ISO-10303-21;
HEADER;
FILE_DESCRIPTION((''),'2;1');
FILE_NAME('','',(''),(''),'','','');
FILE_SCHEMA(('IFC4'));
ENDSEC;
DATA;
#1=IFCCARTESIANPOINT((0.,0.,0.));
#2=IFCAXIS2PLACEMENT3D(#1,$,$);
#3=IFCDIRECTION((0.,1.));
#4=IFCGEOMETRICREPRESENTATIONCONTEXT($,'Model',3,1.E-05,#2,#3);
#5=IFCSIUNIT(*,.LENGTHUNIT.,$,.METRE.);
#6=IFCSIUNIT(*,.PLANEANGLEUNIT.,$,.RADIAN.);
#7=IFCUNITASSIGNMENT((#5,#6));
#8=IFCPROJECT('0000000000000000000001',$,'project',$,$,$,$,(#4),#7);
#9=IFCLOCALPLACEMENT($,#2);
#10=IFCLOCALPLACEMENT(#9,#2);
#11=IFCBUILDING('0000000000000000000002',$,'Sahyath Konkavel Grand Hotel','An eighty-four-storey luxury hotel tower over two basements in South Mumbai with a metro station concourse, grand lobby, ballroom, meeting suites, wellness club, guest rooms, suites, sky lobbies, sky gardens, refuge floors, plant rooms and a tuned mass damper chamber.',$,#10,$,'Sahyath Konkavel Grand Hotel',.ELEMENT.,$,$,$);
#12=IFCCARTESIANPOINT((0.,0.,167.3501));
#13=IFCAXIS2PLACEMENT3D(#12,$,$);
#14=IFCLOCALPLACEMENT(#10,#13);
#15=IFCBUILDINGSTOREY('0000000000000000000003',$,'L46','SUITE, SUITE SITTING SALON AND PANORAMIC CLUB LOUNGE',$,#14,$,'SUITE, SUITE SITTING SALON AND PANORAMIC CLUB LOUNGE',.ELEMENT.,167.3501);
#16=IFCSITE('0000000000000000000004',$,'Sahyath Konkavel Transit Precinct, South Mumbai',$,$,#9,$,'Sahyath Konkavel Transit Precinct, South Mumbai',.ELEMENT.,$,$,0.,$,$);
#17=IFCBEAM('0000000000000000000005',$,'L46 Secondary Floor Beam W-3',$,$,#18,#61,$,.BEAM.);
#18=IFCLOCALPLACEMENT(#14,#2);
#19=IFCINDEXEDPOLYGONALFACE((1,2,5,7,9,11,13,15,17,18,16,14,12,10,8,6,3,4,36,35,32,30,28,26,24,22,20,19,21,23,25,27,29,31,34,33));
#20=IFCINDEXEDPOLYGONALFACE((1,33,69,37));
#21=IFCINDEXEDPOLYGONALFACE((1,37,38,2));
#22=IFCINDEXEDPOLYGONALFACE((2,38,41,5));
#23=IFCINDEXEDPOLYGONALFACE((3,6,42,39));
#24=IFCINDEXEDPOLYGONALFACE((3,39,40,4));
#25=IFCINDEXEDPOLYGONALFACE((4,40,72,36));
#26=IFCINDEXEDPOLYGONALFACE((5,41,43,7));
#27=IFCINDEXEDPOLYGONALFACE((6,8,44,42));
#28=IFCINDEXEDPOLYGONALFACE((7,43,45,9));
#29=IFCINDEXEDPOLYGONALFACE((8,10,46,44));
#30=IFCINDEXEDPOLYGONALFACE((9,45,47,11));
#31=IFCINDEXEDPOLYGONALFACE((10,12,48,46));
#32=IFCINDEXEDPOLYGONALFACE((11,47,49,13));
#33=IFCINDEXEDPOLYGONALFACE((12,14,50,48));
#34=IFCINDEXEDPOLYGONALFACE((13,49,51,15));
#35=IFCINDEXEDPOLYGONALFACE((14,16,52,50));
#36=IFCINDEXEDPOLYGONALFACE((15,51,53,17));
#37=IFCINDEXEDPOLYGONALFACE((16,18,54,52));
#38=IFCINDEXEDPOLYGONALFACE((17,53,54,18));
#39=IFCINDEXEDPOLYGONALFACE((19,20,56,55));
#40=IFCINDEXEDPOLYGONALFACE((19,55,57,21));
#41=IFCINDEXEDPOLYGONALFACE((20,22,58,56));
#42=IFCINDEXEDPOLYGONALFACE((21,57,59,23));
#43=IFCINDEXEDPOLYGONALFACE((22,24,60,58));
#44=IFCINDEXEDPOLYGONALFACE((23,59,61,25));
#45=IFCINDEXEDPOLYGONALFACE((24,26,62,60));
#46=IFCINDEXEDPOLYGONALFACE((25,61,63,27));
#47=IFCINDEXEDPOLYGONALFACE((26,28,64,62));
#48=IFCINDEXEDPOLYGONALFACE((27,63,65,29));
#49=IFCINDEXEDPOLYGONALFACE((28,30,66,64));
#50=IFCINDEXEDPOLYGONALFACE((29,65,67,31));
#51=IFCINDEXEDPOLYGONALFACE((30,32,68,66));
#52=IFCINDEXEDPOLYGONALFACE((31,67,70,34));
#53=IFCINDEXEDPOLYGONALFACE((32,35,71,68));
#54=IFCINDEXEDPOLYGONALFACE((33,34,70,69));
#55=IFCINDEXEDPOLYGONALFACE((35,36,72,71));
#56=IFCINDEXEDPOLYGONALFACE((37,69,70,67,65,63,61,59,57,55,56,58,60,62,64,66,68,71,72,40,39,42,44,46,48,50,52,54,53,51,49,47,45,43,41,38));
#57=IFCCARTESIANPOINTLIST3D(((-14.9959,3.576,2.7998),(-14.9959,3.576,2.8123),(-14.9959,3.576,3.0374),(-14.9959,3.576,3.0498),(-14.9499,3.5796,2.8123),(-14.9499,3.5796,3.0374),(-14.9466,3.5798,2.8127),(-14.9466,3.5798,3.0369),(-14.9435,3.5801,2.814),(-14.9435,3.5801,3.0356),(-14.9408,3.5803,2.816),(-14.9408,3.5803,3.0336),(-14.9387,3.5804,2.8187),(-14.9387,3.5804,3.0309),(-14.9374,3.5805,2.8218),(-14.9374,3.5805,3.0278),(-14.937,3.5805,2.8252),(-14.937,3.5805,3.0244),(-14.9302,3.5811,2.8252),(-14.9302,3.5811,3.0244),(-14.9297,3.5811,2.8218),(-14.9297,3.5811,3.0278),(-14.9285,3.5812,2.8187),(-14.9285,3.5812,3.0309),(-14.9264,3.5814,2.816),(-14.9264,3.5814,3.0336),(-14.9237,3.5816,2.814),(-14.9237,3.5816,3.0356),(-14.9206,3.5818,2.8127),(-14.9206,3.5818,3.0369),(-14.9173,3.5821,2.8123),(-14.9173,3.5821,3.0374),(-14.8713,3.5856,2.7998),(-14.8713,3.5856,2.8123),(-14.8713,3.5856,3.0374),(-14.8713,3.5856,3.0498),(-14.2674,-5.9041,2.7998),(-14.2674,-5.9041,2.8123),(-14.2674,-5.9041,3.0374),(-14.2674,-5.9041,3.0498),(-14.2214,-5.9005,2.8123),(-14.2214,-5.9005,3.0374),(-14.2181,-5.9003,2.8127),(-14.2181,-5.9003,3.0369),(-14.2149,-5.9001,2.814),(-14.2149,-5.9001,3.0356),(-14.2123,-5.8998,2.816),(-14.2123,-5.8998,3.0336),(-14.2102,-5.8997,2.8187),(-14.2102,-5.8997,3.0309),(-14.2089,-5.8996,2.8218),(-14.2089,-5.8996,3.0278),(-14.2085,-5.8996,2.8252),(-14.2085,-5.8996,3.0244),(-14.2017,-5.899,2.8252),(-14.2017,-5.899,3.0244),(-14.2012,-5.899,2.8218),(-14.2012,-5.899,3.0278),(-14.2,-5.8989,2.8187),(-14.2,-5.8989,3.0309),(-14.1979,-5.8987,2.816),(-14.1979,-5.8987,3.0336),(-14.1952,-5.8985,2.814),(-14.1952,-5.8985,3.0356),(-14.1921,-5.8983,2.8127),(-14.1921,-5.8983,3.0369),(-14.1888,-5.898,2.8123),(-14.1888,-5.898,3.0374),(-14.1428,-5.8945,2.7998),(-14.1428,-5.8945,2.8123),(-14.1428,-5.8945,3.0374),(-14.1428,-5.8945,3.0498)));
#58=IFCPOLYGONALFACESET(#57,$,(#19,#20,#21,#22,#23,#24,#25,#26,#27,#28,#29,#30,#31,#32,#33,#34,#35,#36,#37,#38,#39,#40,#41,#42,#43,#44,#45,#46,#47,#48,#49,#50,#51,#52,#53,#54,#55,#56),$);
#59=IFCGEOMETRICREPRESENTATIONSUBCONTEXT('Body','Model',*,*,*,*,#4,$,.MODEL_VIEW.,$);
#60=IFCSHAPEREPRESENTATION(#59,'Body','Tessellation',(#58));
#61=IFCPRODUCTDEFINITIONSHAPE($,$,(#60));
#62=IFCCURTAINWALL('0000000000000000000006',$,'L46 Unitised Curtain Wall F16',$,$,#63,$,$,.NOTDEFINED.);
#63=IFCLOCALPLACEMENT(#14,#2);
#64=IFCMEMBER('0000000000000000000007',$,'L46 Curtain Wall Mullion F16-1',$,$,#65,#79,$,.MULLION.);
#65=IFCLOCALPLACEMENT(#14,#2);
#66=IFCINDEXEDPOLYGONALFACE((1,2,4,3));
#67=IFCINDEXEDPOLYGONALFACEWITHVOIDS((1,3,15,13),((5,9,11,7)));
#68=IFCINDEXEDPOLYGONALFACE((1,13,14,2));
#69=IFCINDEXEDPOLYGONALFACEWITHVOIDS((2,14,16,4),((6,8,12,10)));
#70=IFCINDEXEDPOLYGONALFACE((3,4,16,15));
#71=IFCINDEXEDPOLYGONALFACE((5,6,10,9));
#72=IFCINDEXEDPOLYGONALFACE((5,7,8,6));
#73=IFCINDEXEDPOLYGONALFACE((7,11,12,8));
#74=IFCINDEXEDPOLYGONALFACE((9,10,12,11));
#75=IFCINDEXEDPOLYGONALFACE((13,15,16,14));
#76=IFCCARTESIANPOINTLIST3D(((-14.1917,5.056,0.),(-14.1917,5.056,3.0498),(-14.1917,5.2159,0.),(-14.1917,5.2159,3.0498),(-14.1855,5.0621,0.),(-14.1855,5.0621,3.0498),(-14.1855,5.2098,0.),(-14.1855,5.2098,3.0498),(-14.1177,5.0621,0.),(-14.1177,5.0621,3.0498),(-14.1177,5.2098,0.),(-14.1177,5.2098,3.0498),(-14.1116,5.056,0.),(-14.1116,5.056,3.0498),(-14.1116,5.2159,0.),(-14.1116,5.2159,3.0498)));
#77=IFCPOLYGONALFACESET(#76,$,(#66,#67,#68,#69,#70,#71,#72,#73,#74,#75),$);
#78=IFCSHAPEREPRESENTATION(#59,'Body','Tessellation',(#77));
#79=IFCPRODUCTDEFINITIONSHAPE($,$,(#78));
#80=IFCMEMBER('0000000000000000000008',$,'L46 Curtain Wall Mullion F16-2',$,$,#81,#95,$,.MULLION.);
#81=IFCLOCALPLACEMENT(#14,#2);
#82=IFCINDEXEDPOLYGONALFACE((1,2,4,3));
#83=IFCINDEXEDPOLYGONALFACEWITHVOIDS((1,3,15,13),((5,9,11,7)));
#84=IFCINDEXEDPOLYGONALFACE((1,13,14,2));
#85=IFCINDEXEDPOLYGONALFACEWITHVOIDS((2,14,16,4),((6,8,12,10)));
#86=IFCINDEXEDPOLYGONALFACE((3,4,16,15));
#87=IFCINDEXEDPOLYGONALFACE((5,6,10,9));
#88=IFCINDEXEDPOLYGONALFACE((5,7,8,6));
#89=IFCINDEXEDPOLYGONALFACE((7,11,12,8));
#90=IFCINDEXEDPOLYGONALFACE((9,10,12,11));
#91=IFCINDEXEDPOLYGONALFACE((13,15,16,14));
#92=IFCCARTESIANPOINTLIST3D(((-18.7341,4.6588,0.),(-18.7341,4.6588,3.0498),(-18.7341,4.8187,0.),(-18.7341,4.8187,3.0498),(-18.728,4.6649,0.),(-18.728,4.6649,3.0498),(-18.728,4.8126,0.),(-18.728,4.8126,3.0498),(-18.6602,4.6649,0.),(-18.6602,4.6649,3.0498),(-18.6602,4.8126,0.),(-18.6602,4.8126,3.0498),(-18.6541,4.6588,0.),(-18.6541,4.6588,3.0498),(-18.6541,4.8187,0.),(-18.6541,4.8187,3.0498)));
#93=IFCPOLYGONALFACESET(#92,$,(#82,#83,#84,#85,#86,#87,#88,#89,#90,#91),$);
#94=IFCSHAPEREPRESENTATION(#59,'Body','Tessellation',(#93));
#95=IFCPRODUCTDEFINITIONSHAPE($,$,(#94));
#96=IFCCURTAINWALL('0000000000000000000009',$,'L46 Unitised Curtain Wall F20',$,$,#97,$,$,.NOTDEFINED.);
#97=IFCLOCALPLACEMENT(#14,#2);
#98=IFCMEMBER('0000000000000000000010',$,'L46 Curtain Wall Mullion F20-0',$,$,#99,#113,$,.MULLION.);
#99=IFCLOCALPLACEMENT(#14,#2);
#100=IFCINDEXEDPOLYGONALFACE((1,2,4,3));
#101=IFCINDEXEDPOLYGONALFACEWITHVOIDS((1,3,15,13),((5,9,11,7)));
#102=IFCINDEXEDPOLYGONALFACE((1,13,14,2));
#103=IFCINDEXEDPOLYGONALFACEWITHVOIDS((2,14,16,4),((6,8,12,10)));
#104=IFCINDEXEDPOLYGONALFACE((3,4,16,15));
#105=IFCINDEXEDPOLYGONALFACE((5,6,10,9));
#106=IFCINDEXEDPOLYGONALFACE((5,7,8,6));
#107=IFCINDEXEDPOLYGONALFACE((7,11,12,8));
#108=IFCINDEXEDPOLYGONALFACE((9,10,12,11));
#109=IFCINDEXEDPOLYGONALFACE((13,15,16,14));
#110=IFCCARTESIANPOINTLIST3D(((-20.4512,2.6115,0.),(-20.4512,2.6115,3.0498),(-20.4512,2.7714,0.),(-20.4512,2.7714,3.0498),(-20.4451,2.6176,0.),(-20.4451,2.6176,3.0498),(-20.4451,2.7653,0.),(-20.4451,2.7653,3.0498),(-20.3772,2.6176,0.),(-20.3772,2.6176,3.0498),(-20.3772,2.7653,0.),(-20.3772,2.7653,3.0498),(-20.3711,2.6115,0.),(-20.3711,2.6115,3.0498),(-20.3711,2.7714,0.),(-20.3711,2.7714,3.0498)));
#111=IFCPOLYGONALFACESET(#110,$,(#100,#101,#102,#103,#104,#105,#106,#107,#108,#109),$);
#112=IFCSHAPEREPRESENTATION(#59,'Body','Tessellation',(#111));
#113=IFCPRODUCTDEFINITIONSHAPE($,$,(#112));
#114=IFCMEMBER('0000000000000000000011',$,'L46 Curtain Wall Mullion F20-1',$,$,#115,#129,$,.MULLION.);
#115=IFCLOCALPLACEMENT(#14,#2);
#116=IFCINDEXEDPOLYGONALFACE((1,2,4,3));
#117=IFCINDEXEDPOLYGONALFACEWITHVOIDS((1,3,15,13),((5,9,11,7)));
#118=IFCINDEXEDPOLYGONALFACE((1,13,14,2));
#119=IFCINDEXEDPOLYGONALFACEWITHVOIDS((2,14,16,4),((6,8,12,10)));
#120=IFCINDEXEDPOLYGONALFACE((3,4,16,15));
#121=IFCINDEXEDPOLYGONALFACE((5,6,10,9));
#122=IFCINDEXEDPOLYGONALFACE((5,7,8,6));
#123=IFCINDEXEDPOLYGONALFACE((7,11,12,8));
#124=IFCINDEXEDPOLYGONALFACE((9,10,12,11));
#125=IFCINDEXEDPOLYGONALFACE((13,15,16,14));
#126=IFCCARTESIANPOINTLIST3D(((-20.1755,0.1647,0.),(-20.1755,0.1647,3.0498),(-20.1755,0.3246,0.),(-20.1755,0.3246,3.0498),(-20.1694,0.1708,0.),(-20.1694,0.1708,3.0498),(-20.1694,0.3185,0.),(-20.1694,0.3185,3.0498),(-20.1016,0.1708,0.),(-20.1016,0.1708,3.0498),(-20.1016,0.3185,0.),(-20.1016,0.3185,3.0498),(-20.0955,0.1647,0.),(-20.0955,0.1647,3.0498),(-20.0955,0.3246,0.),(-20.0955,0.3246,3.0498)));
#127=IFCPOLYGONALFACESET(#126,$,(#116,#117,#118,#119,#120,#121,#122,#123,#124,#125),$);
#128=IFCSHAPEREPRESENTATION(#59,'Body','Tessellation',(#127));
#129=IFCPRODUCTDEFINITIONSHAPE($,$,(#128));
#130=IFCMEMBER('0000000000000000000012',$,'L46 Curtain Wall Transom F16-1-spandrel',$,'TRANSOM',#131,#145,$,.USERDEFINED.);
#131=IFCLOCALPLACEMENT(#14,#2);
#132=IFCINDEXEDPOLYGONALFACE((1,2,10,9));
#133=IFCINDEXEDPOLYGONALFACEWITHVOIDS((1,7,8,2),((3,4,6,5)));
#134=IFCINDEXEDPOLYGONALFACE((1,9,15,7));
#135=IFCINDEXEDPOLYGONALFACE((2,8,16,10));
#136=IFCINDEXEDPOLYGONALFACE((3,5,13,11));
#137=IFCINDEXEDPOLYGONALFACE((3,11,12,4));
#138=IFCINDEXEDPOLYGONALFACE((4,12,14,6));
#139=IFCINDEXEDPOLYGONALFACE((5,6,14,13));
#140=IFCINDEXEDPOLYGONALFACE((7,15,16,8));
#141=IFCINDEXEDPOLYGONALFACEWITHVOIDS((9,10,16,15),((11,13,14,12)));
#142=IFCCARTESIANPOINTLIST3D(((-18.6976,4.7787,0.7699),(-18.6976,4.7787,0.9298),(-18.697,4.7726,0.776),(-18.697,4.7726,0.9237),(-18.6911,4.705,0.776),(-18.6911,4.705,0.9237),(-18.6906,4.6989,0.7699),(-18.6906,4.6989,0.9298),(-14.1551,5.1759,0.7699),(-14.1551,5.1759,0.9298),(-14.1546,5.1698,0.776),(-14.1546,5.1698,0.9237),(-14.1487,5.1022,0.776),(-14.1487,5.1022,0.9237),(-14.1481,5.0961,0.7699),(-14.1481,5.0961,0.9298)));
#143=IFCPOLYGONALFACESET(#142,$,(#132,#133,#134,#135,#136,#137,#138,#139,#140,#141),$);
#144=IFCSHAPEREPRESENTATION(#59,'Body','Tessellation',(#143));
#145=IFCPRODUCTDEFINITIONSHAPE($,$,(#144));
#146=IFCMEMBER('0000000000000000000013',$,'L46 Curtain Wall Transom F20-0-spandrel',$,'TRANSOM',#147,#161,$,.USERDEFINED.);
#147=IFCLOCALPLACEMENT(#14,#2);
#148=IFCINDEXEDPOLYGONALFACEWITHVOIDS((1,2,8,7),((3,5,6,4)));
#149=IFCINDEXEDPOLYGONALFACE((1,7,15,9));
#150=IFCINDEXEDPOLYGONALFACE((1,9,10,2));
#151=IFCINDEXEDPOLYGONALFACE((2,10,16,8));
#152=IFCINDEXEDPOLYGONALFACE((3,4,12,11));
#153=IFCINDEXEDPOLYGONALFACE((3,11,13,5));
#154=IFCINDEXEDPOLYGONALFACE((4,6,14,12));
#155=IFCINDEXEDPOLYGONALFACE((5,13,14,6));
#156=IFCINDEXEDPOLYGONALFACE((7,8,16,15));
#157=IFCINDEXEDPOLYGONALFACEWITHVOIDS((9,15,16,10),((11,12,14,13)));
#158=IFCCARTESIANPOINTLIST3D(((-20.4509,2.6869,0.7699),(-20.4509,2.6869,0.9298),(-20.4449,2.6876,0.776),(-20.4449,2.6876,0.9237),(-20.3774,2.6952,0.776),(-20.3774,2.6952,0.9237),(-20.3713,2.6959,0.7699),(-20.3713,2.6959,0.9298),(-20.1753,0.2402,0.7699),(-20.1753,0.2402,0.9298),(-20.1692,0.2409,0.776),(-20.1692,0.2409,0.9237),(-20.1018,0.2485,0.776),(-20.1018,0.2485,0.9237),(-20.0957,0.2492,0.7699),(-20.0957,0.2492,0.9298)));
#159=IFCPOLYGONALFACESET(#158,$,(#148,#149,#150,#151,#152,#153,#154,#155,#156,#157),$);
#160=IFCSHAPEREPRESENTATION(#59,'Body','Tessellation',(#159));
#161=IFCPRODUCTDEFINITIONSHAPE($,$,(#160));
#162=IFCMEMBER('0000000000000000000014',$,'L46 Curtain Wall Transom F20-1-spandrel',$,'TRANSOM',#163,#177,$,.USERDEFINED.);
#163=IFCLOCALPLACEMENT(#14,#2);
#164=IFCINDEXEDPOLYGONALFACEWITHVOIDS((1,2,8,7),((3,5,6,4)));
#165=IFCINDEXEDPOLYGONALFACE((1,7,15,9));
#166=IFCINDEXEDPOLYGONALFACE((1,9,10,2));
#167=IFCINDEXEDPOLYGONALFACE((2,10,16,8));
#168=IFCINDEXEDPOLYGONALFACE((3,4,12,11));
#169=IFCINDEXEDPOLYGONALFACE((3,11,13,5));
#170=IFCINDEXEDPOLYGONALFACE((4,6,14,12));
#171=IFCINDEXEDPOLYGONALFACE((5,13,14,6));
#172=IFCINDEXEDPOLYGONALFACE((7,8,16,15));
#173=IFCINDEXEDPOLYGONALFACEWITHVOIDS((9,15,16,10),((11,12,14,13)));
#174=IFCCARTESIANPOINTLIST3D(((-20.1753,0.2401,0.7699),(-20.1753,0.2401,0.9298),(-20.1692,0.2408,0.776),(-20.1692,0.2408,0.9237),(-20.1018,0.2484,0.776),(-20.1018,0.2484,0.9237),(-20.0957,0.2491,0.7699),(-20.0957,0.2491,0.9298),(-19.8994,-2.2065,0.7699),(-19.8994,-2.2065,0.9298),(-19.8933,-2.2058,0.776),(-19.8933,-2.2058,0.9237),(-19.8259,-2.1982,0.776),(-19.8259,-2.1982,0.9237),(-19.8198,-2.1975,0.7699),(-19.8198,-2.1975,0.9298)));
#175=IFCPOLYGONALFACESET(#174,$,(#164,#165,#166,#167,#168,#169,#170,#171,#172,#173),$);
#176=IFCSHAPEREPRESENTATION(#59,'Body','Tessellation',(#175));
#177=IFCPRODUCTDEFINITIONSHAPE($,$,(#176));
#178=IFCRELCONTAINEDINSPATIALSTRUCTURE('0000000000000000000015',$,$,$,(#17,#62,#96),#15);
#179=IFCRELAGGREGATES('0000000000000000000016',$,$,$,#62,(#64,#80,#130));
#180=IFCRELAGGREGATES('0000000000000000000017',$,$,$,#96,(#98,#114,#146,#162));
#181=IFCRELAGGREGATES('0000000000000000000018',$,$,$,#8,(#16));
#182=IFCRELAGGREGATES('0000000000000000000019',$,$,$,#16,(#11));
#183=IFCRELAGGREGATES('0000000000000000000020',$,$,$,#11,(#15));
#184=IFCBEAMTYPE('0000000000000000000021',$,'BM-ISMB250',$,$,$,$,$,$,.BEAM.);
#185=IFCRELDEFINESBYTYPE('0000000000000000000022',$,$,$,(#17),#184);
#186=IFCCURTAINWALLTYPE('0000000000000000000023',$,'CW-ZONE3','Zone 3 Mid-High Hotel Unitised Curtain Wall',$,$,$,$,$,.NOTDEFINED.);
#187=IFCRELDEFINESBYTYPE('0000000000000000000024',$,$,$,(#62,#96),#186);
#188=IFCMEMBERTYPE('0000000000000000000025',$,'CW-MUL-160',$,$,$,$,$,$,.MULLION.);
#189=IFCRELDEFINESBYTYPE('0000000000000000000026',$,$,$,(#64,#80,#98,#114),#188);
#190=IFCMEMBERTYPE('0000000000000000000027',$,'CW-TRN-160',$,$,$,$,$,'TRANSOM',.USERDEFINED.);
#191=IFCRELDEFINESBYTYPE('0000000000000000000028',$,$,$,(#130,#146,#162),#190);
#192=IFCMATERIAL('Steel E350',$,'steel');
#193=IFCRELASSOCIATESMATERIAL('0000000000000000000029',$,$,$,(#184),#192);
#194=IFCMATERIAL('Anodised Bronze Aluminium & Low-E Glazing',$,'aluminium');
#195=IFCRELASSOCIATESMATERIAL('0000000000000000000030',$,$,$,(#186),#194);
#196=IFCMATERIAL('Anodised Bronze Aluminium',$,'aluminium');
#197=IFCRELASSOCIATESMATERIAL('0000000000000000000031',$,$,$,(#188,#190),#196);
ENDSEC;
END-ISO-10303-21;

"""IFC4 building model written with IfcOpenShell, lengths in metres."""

from ifc_helpers import new_model, si_unit, direction, frame, origin, origin_2d, place, context, subcontext, project, spatial, hollow_rectangle, i_section, extrude, source, transform, mapped, material, material_profile, profile_set, type_object, element, aggregate, save


model = new_model("IFC4")

# Units and contexts
model_context = context("Model", 3, precision=1e-05, world=origin(), true_north=direction((0.0, 1.0)))
body_context = subcontext(model_context, "Body", "Model", "MODEL_VIEW")
ifc_project = project(units=[si_unit("LENGTHUNIT", "METRE"), si_unit("PLANEANGLEUNIT", "RADIAN")], contexts=[model_context])

# Site, building, storey
site_placement = place(None, origin())
site = spatial("IfcSite", under=ifc_project, at=site_placement, Name="Sahyath Konkavel Transit Precinct, South Mumbai", LongName="Sahyath Konkavel Transit Precinct, South Mumbai", CompositionType="ELEMENT", RefElevation=0.0)
building_placement = place(site_placement, origin())
building = spatial("IfcBuilding", under=site, at=building_placement, Name="Sahyath Konkavel Grand Hotel", Description="An eighty-four-storey luxury hotel tower over two basements in South Mumbai with a metro station concourse, grand lobby, ballroom, meeting suites, wellness club, guest rooms, suites, sky lobbies, sky gardens, refuge floors, plant rooms and a tuned mass damper chamber.", LongName="Sahyath Konkavel Grand Hotel", CompositionType="ELEMENT")
storey_placement = place(building_placement, frame((0.0, 0.0, 167.3501)))
storey = spatial("IfcBuildingStorey", under=building, at=storey_placement, Name="L46", Description="SUITE, SUITE SITTING SALON AND PANORAMIC CLUB LOUNGE", LongName="SUITE, SUITE SITTING SALON AND PANORAMIC CLUB LOUNGE", CompositionType="ELEMENT", Elevation=167.3501)

# Beam
ifc_material_1 = material(Name="Steel E350", Category="steel")
ifc_material_profile_1 = material_profile(ifc_material_1, i_section(OverallWidth=0.125, OverallDepth=0.25, WebThickness=0.0068, FlangeThickness=0.0125, FilletRadius=0.0129, at=origin_2d()), Name="ISMB 250")
ifc_profile_set_1 = profile_set([ifc_material_profile_1], Name="Steel E350")
beam_type_1 = type_object("IfcBeamType", Name="BM-ISMB250", PredefinedType="BEAM", material=ifc_profile_set_1)
shared_shape_1 = source(origin(), body_context, "Body", "SweptSolid", [
    extrude(i_section(OverallWidth=0.125, OverallDepth=0.25, WebThickness=0.0068, FlangeThickness=0.0125, FilletRadius=0.0129, at=origin_2d()), origin(), (0.0, 0.0, 1.0), 9.5081),
])
beam_1_placement = place(storey_placement, frame((-14.9336, 3.5808, 2.9248), z_axis=(0.07662, -0.99706, 0.0), x_axis=(0.99706, 0.07662, 0.0)))
element("IfcBeam", 1, at=beam_1_placement, inside=storey, type_object=beam_type_1, Name="L46 Secondary Floor Beam W-3", PredefinedType="BEAM", context=body_context, shape_type="MappedRepresentation", body=[
    mapped(shared_shape_1, transform((0.0, 0.0, 0.0), scale=1.0)),
])

# Curtain walls, members
ifc_material_2 = material(Name="Anodised Bronze Aluminium & Low-E Glazing", Category="aluminium")
curtain_wall_type = type_object("IfcCurtainWallType", Name="CW-ZONE3", Description="Zone 3 Mid-High Hotel Unitised Curtain Wall", PredefinedType="NOTDEFINED", material=ifc_material_2)
curtain_wall_1_placement = place(storey_placement, origin())
curtain_wall_1 = element("IfcCurtainWall", 2, at=curtain_wall_1_placement, inside=storey, type_object=curtain_wall_type, Name="L46 Unitised Curtain Wall F16", PredefinedType="NOTDEFINED")
ifc_material_3 = material(Name="Anodised Bronze Aluminium", Category="aluminium")
ifc_material_profile_2 = material_profile(ifc_material_3, hollow_rectangle(XDim=0.0801, YDim=0.1599, WallThickness=0.0061, at=origin_2d()), Name="RHS 160x80x6")
ifc_profile_set_2 = profile_set([ifc_material_profile_2], Name="Anodised Bronze Aluminium")
member_type_1 = type_object("IfcMemberType", Name="CW-MUL-160", PredefinedType="MULLION", material=ifc_profile_set_2)
shared_shape_2 = source(origin(), body_context, "Body", "SweptSolid", [
    extrude(hollow_rectangle(XDim=0.0801, YDim=0.1599, WallThickness=0.0061, at=origin_2d()), origin(), (0.0, 0.0, 1.0), 3.0498),
])
member_1_placement = place(storey_placement, frame((-14.1516, 5.136, 0.0), z_axis=(0.0, 0.0, 1.0), x_axis=(1.0, 0.0, 0.0)))
member_1 = element("IfcMember", 3, at=member_1_placement, type_object=member_type_1, Name="L46 Curtain Wall Mullion F16-1", PredefinedType="MULLION", context=body_context, shape_type="MappedRepresentation", body=[
    mapped(shared_shape_2, transform((0.0, 0.0, 0.0), scale=1.0)),
])
member_2_placement = place(storey_placement, frame((-18.6941, 4.7388, 0.0), z_axis=(0.0, 0.0, 1.0), x_axis=(1.0, 0.0, 0.0)))
member_2 = element("IfcMember", 4, at=member_2_placement, type_object=member_type_1, Name="L46 Curtain Wall Mullion F16-2", PredefinedType="MULLION", context=body_context, shape_type="MappedRepresentation", body=[
    mapped(shared_shape_2, transform((0.0, 0.0, 0.0), scale=1.0)),
])
curtain_wall_2_placement = place(storey_placement, origin())
curtain_wall_2 = element("IfcCurtainWall", 5, at=curtain_wall_2_placement, inside=storey, type_object=curtain_wall_type, Name="L46 Unitised Curtain Wall F20", PredefinedType="NOTDEFINED")
member_3_placement = place(storey_placement, frame((-20.4111, 2.6914, 0.0), z_axis=(0.0, 0.0, 1.0), x_axis=(1.0, 0.0, 0.0)))
member_3 = element("IfcMember", 6, at=member_3_placement, type_object=member_type_1, Name="L46 Curtain Wall Mullion F20-0", PredefinedType="MULLION", context=body_context, shape_type="MappedRepresentation", body=[
    mapped(shared_shape_2, transform((0.0, 0.0, 0.0), scale=1.0)),
])
member_4_placement = place(storey_placement, frame((-20.1355, 0.2446, 0.0), z_axis=(0.0, 0.0, 1.0), x_axis=(1.0, 0.0, 0.0)))
member_4 = element("IfcMember", 7, at=member_4_placement, type_object=member_type_1, Name="L46 Curtain Wall Mullion F20-1", PredefinedType="MULLION", context=body_context, shape_type="MappedRepresentation", body=[
    mapped(shared_shape_2, transform((0.0, 0.0, 0.0), scale=1.0)),
])

# Members
ifc_material_profile_3 = material_profile(ifc_material_3, hollow_rectangle(XDim=0.0801, YDim=0.1599, WallThickness=0.0061, at=origin_2d()), Name="RHS 160x80x6")
ifc_profile_set_3 = profile_set([ifc_material_profile_3], Name="Anodised Bronze Aluminium")
member_type_2 = type_object("IfcMemberType", Name="CW-TRN-160", ElementType="TRANSOM", PredefinedType="USERDEFINED", material=ifc_profile_set_3)
shared_shape_3 = source(origin(), body_context, "Body", "SweptSolid", [
    extrude(hollow_rectangle(XDim=0.0801, YDim=0.1599, WallThickness=0.0061, at=origin_2d()), origin(), (0.0, 0.0, 1.0), 4.5598),
])
member_5_placement = place(storey_placement, frame((-14.1516, 5.136, 0.8499), z_axis=(-0.996198, -0.087112, 0.0), x_axis=(0.087112, -0.996198, 0.0)))
member_5 = element("IfcMember", 8, at=member_5_placement, type_object=member_type_2, Name="L46 Curtain Wall Transom F16-1-spandrel", ObjectType="TRANSOM", PredefinedType="USERDEFINED", context=body_context, shape_type="MappedRepresentation", body=[
    mapped(shared_shape_3, transform((0.0, 0.0, 0.0), scale=1.0)),
])
shared_shape_4 = source(origin(), body_context, "Body", "SweptSolid", [
    extrude(hollow_rectangle(XDim=0.0801, YDim=0.1599, WallThickness=0.0061, at=origin_2d()), origin(), (0.0, 0.0, 1.0), 2.4622),
])
member_6_placement = place(storey_placement, frame((-20.4111, 2.6914, 0.8499), z_axis=(0.111944, -0.993715, 0.0), x_axis=(0.993715, 0.111944, 0.0)))
member_6 = element("IfcMember", 9, at=member_6_placement, type_object=member_type_2, Name="L46 Curtain Wall Transom F20-0-spandrel", ObjectType="TRANSOM", PredefinedType="USERDEFINED", context=body_context, shape_type="MappedRepresentation", body=[
    mapped(shared_shape_4, transform((0.0, 0.0, 0.0), scale=1.0)),
])
member_7_placement = place(storey_placement, frame((-20.1355, 0.2446, 0.8499), z_axis=(0.112053, -0.993702, 0.0), x_axis=(0.993702, 0.112053, 0.0)))
member_7 = element("IfcMember", 10, at=member_7_placement, type_object=member_type_2, Name="L46 Curtain Wall Transom F20-1-spandrel", ObjectType="TRANSOM", PredefinedType="USERDEFINED", context=body_context, shape_type="MappedRepresentation", body=[
    mapped(shared_shape_4, transform((0.0, 0.0, 0.0), scale=1.0)),
])

aggregate(curtain_wall_1, [member_1, member_2, member_5])
aggregate(curtain_wall_2, [member_3, member_4, member_6, member_7])

save(model, "model.ifc")
